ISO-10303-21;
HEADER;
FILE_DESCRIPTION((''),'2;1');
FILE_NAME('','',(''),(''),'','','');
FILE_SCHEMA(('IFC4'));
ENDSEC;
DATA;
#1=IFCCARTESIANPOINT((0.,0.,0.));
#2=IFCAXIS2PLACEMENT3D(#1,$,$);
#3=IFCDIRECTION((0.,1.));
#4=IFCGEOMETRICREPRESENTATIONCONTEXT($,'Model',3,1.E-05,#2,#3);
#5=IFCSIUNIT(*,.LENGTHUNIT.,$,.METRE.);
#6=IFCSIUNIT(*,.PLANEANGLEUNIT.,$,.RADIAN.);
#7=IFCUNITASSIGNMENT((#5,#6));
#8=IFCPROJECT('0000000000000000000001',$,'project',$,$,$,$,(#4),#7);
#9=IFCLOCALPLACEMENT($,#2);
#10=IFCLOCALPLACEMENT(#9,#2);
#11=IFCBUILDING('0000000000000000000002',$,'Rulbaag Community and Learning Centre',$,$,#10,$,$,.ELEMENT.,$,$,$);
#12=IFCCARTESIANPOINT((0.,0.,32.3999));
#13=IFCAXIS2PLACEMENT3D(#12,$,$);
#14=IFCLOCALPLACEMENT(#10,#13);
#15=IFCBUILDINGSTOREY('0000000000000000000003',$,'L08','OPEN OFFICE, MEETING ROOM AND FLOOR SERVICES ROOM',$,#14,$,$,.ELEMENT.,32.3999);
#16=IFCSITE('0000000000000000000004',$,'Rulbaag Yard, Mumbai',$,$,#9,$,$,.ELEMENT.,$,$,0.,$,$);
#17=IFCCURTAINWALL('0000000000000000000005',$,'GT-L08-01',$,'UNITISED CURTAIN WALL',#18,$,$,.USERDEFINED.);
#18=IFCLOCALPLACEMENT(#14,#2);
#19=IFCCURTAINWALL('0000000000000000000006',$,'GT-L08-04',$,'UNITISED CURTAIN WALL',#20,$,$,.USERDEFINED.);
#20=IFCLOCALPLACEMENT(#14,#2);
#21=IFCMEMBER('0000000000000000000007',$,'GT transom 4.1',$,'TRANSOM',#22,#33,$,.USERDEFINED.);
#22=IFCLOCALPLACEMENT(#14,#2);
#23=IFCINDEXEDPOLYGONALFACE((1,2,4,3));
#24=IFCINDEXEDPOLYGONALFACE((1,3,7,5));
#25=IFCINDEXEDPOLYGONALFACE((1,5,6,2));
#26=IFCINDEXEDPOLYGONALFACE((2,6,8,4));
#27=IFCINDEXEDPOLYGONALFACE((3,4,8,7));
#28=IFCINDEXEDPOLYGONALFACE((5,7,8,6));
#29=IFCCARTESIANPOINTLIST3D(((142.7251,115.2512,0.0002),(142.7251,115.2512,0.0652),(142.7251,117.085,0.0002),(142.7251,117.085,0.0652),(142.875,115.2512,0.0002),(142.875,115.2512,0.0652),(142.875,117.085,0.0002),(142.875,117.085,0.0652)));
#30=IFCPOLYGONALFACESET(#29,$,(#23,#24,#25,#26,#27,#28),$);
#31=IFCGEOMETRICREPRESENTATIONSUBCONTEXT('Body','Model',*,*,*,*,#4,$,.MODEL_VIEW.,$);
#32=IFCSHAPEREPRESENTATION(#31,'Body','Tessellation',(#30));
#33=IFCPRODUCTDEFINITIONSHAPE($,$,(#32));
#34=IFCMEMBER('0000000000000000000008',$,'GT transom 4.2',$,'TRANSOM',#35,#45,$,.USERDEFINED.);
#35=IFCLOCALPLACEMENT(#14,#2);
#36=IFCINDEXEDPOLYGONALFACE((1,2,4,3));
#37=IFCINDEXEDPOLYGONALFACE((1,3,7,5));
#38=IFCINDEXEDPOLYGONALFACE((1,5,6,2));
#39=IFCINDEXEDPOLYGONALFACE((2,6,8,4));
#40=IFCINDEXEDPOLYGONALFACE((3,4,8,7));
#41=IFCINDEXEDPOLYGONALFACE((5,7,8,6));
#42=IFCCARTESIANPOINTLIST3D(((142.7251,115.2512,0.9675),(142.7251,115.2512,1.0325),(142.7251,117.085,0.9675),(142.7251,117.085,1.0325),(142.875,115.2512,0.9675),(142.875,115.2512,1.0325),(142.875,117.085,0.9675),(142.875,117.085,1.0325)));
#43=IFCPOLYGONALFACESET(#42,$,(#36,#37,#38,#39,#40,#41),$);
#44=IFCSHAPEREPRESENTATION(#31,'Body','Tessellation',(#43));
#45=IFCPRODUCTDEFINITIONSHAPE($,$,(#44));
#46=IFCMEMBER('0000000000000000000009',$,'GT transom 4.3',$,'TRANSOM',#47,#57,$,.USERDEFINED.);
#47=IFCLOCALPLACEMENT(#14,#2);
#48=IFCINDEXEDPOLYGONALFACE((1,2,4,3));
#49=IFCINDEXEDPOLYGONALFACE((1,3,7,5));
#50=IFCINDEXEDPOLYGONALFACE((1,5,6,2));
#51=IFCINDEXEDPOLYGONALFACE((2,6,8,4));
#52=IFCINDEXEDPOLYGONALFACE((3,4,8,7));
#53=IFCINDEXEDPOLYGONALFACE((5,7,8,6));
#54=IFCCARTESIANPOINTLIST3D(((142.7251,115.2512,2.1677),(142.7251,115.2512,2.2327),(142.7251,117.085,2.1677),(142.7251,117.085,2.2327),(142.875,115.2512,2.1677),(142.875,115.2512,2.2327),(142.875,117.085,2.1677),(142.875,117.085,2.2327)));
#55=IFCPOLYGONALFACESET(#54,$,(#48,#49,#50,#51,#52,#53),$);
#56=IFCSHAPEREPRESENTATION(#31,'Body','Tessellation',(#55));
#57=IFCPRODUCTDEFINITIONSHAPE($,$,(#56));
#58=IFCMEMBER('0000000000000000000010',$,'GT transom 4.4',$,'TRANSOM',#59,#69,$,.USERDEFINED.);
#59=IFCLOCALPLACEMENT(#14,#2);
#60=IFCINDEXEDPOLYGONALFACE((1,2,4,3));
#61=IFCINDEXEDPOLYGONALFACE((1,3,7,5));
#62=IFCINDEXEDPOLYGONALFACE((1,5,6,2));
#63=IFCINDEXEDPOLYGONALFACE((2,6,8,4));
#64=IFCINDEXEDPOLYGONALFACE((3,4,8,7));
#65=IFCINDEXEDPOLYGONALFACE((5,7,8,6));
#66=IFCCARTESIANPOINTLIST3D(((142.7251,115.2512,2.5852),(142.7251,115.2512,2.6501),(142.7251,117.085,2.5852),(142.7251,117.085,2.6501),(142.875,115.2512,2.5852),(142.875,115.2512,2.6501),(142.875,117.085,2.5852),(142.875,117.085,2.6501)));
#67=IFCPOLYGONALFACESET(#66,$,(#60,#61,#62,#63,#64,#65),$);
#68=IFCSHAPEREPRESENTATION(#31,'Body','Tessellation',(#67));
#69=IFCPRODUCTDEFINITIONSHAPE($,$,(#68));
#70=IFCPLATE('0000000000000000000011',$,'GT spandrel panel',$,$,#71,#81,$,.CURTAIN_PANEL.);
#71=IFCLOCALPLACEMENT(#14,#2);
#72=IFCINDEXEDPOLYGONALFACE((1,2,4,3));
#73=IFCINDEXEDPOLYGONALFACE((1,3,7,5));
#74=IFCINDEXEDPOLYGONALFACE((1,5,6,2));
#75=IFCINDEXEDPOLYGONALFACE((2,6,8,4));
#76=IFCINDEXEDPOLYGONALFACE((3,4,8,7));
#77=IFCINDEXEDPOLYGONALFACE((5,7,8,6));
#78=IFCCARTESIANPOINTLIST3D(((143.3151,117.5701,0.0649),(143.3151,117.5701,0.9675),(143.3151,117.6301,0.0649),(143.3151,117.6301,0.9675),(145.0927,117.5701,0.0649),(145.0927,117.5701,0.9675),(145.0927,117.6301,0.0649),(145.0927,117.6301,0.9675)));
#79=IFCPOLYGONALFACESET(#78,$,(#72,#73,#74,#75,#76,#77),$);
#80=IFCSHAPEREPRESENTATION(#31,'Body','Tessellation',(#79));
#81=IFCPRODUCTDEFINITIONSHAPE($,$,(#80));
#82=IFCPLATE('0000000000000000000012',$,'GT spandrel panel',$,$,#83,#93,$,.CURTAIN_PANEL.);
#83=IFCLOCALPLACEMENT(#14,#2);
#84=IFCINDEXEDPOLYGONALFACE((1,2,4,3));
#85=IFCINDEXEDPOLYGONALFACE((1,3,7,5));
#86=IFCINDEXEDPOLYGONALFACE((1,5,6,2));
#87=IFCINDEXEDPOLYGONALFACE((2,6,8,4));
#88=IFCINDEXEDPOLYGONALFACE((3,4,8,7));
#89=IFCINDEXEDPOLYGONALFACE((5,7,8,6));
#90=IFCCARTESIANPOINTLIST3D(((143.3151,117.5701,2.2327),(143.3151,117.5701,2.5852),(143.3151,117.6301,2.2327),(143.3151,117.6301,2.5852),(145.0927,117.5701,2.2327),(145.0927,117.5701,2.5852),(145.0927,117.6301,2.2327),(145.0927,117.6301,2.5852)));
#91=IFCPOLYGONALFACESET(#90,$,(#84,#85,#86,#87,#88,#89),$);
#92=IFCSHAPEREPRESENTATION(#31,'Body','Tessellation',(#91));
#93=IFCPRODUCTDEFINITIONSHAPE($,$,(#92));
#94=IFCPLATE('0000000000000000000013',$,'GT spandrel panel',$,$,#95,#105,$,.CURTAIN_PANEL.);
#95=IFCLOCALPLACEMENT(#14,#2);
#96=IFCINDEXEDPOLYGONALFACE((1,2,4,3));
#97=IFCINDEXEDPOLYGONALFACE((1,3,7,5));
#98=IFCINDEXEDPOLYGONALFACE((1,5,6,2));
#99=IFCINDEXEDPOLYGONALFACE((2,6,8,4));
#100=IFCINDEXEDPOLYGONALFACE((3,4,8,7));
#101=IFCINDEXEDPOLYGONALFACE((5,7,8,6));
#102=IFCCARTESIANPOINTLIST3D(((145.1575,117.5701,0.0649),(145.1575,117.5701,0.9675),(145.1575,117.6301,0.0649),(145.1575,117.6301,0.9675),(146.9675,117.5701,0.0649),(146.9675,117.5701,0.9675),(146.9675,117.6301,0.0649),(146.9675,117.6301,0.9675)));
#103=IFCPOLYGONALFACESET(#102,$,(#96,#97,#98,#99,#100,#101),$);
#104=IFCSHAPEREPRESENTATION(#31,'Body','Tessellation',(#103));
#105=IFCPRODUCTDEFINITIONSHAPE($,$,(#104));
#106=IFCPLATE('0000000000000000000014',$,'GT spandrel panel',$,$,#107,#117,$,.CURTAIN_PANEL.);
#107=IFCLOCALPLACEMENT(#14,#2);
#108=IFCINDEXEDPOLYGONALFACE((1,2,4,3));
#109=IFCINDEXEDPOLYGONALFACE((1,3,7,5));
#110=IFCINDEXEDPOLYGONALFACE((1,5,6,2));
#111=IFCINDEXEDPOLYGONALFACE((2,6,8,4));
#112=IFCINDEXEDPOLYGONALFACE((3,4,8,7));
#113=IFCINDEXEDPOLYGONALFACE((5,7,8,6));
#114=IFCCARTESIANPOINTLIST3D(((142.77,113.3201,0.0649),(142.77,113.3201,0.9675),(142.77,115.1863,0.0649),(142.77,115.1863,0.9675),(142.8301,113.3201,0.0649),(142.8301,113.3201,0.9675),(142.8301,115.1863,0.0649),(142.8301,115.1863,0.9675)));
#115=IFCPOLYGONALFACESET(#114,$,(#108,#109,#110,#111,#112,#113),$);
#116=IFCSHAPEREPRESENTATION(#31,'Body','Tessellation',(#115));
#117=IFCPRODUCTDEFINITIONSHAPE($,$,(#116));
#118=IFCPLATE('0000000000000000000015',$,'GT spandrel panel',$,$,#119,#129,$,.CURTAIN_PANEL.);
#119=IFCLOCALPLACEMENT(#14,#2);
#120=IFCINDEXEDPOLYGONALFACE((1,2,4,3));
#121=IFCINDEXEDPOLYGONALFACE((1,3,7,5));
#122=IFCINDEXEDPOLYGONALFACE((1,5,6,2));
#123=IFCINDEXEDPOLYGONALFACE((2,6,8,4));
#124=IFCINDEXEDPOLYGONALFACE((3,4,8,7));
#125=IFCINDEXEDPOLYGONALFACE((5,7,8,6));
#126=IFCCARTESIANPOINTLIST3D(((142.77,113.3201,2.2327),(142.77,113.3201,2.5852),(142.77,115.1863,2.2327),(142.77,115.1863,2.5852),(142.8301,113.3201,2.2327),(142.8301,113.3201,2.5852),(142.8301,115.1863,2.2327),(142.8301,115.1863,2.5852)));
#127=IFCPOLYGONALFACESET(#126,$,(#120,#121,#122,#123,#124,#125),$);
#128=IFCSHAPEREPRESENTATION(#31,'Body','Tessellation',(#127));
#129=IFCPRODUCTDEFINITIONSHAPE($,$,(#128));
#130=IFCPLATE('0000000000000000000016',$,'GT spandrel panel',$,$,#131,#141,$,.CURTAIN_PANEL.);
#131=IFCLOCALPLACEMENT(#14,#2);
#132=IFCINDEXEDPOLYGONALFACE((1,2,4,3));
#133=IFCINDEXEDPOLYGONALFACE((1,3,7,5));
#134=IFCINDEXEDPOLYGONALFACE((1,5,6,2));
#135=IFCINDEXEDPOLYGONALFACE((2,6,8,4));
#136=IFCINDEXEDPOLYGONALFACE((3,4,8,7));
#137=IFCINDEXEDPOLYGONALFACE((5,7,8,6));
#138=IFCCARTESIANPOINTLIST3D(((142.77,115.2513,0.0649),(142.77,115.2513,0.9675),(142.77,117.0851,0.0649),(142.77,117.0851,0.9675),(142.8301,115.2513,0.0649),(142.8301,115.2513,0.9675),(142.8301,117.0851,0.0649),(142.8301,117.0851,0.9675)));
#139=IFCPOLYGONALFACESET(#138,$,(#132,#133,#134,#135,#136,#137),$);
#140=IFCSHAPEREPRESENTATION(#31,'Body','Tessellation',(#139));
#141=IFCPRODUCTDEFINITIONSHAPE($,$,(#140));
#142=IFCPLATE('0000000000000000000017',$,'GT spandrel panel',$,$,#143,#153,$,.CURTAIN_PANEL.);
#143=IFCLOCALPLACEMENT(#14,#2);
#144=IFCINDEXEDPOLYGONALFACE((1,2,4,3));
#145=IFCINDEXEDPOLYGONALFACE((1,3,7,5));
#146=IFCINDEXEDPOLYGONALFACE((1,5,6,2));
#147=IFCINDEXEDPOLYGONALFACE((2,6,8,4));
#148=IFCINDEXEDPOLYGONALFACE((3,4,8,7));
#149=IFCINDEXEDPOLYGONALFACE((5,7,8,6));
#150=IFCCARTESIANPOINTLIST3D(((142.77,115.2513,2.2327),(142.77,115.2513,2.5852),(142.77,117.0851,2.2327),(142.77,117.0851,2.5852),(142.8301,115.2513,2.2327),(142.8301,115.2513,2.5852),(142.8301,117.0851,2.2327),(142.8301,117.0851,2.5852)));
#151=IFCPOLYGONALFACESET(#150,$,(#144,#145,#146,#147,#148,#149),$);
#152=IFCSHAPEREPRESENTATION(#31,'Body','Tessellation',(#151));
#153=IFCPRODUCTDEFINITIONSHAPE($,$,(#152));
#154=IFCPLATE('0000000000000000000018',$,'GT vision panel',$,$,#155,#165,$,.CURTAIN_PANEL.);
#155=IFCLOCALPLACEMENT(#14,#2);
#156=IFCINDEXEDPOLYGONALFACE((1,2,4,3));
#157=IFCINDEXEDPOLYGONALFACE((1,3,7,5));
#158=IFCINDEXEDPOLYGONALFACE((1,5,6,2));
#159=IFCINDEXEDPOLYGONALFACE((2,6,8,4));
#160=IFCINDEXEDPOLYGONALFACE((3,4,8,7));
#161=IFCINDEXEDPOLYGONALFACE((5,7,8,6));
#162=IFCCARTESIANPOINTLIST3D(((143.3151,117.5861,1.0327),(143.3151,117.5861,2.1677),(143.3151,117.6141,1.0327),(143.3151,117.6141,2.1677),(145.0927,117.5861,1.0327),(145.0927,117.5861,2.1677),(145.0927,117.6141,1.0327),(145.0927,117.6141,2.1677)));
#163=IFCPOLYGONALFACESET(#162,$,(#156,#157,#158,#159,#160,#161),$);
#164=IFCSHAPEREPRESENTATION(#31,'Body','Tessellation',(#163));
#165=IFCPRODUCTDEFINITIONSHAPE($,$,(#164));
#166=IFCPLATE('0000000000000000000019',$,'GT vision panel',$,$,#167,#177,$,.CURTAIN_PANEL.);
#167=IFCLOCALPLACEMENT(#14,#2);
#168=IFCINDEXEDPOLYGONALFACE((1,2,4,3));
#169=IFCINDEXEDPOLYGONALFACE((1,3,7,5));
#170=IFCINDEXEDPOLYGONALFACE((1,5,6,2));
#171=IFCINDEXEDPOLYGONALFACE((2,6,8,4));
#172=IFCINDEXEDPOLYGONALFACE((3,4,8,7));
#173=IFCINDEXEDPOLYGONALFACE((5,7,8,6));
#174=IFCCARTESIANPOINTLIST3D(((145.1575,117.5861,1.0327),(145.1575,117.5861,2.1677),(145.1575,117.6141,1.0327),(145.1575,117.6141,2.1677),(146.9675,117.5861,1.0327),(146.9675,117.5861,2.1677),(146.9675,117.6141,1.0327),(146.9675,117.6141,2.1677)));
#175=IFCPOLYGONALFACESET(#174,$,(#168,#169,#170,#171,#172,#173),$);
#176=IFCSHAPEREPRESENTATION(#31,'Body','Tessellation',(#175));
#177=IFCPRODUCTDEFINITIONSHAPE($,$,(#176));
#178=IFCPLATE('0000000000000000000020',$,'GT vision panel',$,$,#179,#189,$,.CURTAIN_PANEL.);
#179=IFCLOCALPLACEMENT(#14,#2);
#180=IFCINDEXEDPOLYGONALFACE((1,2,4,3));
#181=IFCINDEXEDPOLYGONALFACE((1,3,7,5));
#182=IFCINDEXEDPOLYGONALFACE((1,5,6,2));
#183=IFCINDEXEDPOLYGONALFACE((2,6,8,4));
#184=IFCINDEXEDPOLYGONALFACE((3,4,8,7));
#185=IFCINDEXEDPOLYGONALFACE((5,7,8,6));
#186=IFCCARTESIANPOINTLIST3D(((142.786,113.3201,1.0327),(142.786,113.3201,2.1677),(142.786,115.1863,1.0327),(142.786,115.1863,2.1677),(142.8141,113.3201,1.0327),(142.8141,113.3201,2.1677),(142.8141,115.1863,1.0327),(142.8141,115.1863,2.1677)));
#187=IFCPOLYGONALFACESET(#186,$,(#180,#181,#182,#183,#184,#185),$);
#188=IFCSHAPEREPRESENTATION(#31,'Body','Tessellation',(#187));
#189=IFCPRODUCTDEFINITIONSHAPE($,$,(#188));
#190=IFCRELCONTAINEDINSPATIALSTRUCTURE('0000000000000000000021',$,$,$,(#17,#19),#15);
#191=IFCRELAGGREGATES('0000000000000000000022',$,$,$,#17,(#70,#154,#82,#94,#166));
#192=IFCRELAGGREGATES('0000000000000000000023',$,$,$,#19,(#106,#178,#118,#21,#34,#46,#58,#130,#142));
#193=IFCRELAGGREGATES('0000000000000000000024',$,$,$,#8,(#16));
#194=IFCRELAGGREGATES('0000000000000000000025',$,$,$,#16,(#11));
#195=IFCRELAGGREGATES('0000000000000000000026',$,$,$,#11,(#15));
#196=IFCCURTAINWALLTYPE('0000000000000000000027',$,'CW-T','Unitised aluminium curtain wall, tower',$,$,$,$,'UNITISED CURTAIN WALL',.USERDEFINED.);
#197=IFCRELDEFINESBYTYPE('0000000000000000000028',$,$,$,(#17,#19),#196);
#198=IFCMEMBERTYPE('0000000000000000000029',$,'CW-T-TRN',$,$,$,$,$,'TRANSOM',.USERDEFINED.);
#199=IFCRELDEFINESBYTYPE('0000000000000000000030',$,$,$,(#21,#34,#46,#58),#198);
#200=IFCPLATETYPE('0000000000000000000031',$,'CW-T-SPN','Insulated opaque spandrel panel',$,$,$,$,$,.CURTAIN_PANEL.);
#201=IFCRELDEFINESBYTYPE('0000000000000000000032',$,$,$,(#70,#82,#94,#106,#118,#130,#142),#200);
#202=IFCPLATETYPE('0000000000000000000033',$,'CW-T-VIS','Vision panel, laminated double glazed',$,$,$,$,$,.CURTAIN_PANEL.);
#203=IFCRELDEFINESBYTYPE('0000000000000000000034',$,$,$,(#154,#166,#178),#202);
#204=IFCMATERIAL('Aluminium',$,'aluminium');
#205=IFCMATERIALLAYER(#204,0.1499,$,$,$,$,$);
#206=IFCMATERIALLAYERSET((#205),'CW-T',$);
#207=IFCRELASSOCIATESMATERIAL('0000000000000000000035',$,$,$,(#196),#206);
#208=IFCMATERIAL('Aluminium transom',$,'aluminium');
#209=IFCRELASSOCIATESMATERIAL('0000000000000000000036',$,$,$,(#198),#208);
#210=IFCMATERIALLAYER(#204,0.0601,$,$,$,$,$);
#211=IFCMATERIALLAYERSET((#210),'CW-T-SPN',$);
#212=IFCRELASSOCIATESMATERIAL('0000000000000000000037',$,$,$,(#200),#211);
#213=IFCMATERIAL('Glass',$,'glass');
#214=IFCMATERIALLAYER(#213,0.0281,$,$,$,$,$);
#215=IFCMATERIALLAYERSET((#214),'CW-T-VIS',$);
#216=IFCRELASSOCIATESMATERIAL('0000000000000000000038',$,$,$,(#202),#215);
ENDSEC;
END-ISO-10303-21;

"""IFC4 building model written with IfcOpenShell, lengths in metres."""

from ifc_helpers import new_model, si_unit, direction, frame, origin, origin_2d, place, context, subcontext, project, spatial, rectangle, extrude, material, layer, layer_set, material_profile, profile_set, type_object, element, aggregate, save


model = new_model("IFC4")

# Units and contexts
model_context = context("Model", 3, precision=1e-05, world=origin(), true_north=direction((0.0, 1.0)))
body_context = subcontext(model_context, "Body", "Model", "MODEL_VIEW")
ifc_project = project(units=[si_unit("LENGTHUNIT", "METRE"), si_unit("PLANEANGLEUNIT", "RADIAN")], contexts=[model_context])

# Site, building, storey
site_placement = place(None, origin())
site = spatial("IfcSite", under=ifc_project, at=site_placement, Name="Rulbaag Yard, Mumbai", CompositionType="ELEMENT", RefElevation=0.0)
building_placement = place(site_placement, origin())
building = spatial("IfcBuilding", under=site, at=building_placement, Name="Rulbaag Community and Learning Centre", CompositionType="ELEMENT")
storey_placement = place(building_placement, frame((0.0, 0.0, 32.3999)))
storey = spatial("IfcBuildingStorey", under=building, at=storey_placement, Name="L08", Description="OPEN OFFICE, MEETING ROOM AND FLOOR SERVICES ROOM", CompositionType="ELEMENT", Elevation=32.3999)

# Curtain walls, members
ifc_material_1 = material(Name="Aluminium", Category="aluminium")
ifc_layer_1 = layer(ifc_material_1, 0.1499)
ifc_layer_set_1 = layer_set([ifc_layer_1], Name="CW-T")
curtain_wall_type = type_object("IfcCurtainWallType", Name="CW-T", Description="Unitised aluminium curtain wall, tower", ElementType="UNITISED CURTAIN WALL", PredefinedType="USERDEFINED", material=ifc_layer_set_1)
curtain_wall_1_placement = place(storey_placement, origin())
curtain_wall_1 = element("IfcCurtainWall", 1, at=curtain_wall_1_placement, inside=storey, type_object=curtain_wall_type, Name="GT-L08-01", ObjectType="UNITISED CURTAIN WALL", PredefinedType="USERDEFINED")
ifc_material_2 = material(Name="Aluminium transom", Category="aluminium")
ifc_material_profile_1 = material_profile(ifc_material_2, rectangle(XDim=0.1499, YDim=0.0649, at=origin_2d()), Name="AL 65x150 T")
ifc_profile_set_1 = profile_set([ifc_material_profile_1], Name="Aluminium transom")
member_type_1 = type_object("IfcMemberType", Name="CW-T-TRN", ElementType="TRANSOM", PredefinedType="USERDEFINED", material=ifc_profile_set_1)
curtain_wall_2_placement = place(storey_placement, origin())
curtain_wall_2 = element("IfcCurtainWall", 2, at=curtain_wall_2_placement, inside=storey, type_object=curtain_wall_type, Name="GT-L08-04", ObjectType="UNITISED CURTAIN WALL", PredefinedType="USERDEFINED")
member_1_placement = place(storey_placement, frame((142.8, 115.2512, 0.0327), z_axis=(0.0, 1.0, 0.0), x_axis=(-1.0, 0.0, 0.0)))
member_1 = element("IfcMember", 3, at=member_1_placement, type_object=member_type_1, Name="GT transom 4.1", ObjectType="TRANSOM", PredefinedType="USERDEFINED", context=body_context, shape_type="SweptSolid", body=[
    extrude(rectangle(XDim=0.1499, YDim=0.0649, at=origin_2d()), origin(), (0.0, 0.0, 1.0), 1.8337),
])
member_2_placement = place(storey_placement, frame((142.8, 115.2512, 1.0), z_axis=(0.0, 1.0, 0.0), x_axis=(-1.0, 0.0, 0.0)))
member_2 = element("IfcMember", 4, at=member_2_placement, type_object=member_type_1, Name="GT transom 4.2", ObjectType="TRANSOM", PredefinedType="USERDEFINED", context=body_context, shape_type="SweptSolid", body=[
    extrude(rectangle(XDim=0.1499, YDim=0.0649, at=origin_2d()), origin(), (0.0, 0.0, 1.0), 1.8337),
])
member_3_placement = place(storey_placement, frame((142.8, 115.2512, 2.2002), z_axis=(0.0, 1.0, 0.0), x_axis=(-1.0, 0.0, 0.0)))
member_3 = element("IfcMember", 5, at=member_3_placement, type_object=member_type_1, Name="GT transom 4.3", ObjectType="TRANSOM", PredefinedType="USERDEFINED", context=body_context, shape_type="SweptSolid", body=[
    extrude(rectangle(XDim=0.1499, YDim=0.0649, at=origin_2d()), origin(), (0.0, 0.0, 1.0), 1.8337),
])
member_4_placement = place(storey_placement, frame((142.8, 115.2512, 2.6177), z_axis=(0.0, 1.0, 0.0), x_axis=(-1.0, 0.0, 0.0)))
member_4 = element("IfcMember", 6, at=member_4_placement, type_object=member_type_1, Name="GT transom 4.4", ObjectType="TRANSOM", PredefinedType="USERDEFINED", context=body_context, shape_type="SweptSolid", body=[
    extrude(rectangle(XDim=0.1499, YDim=0.0649, at=origin_2d()), origin(), (0.0, 0.0, 1.0), 1.8337),
])

# Plates
ifc_layer_2 = layer(ifc_material_1, 0.0601)
ifc_layer_set_2 = layer_set([ifc_layer_2], Name="CW-T-SPN")
plate_type_1 = type_object("IfcPlateType", Name="CW-T-SPN", Description="Insulated opaque spandrel panel", PredefinedType="CURTAIN_PANEL", material=ifc_layer_set_2)
plate_1_placement = place(storey_placement, frame((144.2039, 117.6001, 0.0649), z_axis=(0.0, 0.0, 1.0), x_axis=(1.0, 0.0, 0.0)))
plate_1 = element("IfcPlate", 7, at=plate_1_placement, type_object=plate_type_1, Name="GT spandrel panel", PredefinedType="CURTAIN_PANEL", context=body_context, shape_type="SweptSolid", body=[
    extrude(rectangle(XDim=1.7776, YDim=0.0601, at=origin_2d()), origin(), (0.0, 0.0, 1.0), 0.9026),
])
plate_2_placement = place(storey_placement, frame((144.2039, 117.6001, 2.2327), z_axis=(0.0, 0.0, 1.0), x_axis=(1.0, 0.0, 0.0)))
plate_2 = element("IfcPlate", 8, at=plate_2_placement, type_object=plate_type_1, Name="GT spandrel panel", PredefinedType="CURTAIN_PANEL", context=body_context, shape_type="SweptSolid", body=[
    extrude(rectangle(XDim=1.7776, YDim=0.0601, at=origin_2d()), origin(), (0.0, 0.0, 1.0), 0.3525),
])
plate_3_placement = place(storey_placement, frame((146.0625, 117.6001, 0.0649), z_axis=(0.0, 0.0, 1.0), x_axis=(1.0, 0.0, 0.0)))
plate_3 = element("IfcPlate", 9, at=plate_3_placement, type_object=plate_type_1, Name="GT spandrel panel", PredefinedType="CURTAIN_PANEL", context=body_context, shape_type="SweptSolid", body=[
    extrude(rectangle(XDim=1.8101, YDim=0.0601, at=origin_2d()), origin(), (0.0, 0.0, 1.0), 0.9026),
])
plate_4_placement = place(storey_placement, frame((142.8, 114.2532, 0.0649), z_axis=(0.0, 0.0, 1.0), x_axis=(0.0, 1.0, 0.0)))
plate_4 = element("IfcPlate", 10, at=plate_4_placement, type_object=plate_type_1, Name="GT spandrel panel", PredefinedType="CURTAIN_PANEL", context=body_context, shape_type="SweptSolid", body=[
    extrude(rectangle(XDim=1.8662, YDim=0.0601, at=origin_2d()), origin(), (0.0, 0.0, 1.0), 0.9026),
])
plate_5_placement = place(storey_placement, frame((142.8, 114.2532, 2.2327), z_axis=(0.0, 0.0, 1.0), x_axis=(0.0, 1.0, 0.0)))
plate_5 = element("IfcPlate", 11, at=plate_5_placement, type_object=plate_type_1, Name="GT spandrel panel", PredefinedType="CURTAIN_PANEL", context=body_context, shape_type="SweptSolid", body=[
    extrude(rectangle(XDim=1.8662, YDim=0.0601, at=origin_2d()), origin(), (0.0, 0.0, 1.0), 0.3525),
])
plate_6_placement = place(storey_placement, frame((142.8, 116.1682, 0.0649), z_axis=(0.0, 0.0, 1.0), x_axis=(0.0, 1.0, 0.0)))
plate_6 = element("IfcPlate", 12, at=plate_6_placement, type_object=plate_type_1, Name="GT spandrel panel", PredefinedType="CURTAIN_PANEL", context=body_context, shape_type="SweptSolid", body=[
    extrude(rectangle(XDim=1.8337, YDim=0.0601, at=origin_2d()), origin(), (0.0, 0.0, 1.0), 0.9026),
])
plate_7_placement = place(storey_placement, frame((142.8, 116.1682, 2.2327), z_axis=(0.0, 0.0, 1.0), x_axis=(0.0, 1.0, 0.0)))
plate_7 = element("IfcPlate", 13, at=plate_7_placement, type_object=plate_type_1, Name="GT spandrel panel", PredefinedType="CURTAIN_PANEL", context=body_context, shape_type="SweptSolid", body=[
    extrude(rectangle(XDim=1.8337, YDim=0.0601, at=origin_2d()), origin(), (0.0, 0.0, 1.0), 0.3525),
])
ifc_material_3 = material(Name="Glass", Category="glass")
ifc_layer_3 = layer(ifc_material_3, 0.0281)
ifc_layer_set_3 = layer_set([ifc_layer_3], Name="CW-T-VIS")
plate_type_2 = type_object("IfcPlateType", Name="CW-T-VIS", Description="Vision panel, laminated double glazed", PredefinedType="CURTAIN_PANEL", material=ifc_layer_set_3)
plate_8_placement = place(storey_placement, frame((144.2039, 117.6001, 1.0327), z_axis=(0.0, 0.0, 1.0), x_axis=(1.0, 0.0, 0.0)))
plate_8 = element("IfcPlate", 14, at=plate_8_placement, type_object=plate_type_2, Name="GT vision panel", PredefinedType="CURTAIN_PANEL", context=body_context, shape_type="SweptSolid", body=[
    extrude(rectangle(XDim=1.7776, YDim=0.0281, at=origin_2d()), origin(), (0.0, 0.0, 1.0), 1.135),
])
plate_9_placement = place(storey_placement, frame((146.0625, 117.6001, 1.0327), z_axis=(0.0, 0.0, 1.0), x_axis=(1.0, 0.0, 0.0)))
plate_9 = element("IfcPlate", 15, at=plate_9_placement, type_object=plate_type_2, Name="GT vision panel", PredefinedType="CURTAIN_PANEL", context=body_context, shape_type="SweptSolid", body=[
    extrude(rectangle(XDim=1.8101, YDim=0.0281, at=origin_2d()), origin(), (0.0, 0.0, 1.0), 1.135),
])
aggregate(curtain_wall_1, [plate_1, plate_8, plate_2, plate_3, plate_9])
plate_10_placement = place(storey_placement, frame((142.8, 114.2532, 1.0327), z_axis=(0.0, 0.0, 1.0), x_axis=(0.0, 1.0, 0.0)))
plate_10 = element("IfcPlate", 16, at=plate_10_placement, type_object=plate_type_2, Name="GT vision panel", PredefinedType="CURTAIN_PANEL", context=body_context, shape_type="SweptSolid", body=[
    extrude(rectangle(XDim=1.8662, YDim=0.0281, at=origin_2d()), origin(), (0.0, 0.0, 1.0), 1.135),
])
aggregate(curtain_wall_2, [plate_4, plate_10, plate_5, member_1, member_2, member_3, member_4, plate_6, plate_7])

save(model, "model.ifc")
